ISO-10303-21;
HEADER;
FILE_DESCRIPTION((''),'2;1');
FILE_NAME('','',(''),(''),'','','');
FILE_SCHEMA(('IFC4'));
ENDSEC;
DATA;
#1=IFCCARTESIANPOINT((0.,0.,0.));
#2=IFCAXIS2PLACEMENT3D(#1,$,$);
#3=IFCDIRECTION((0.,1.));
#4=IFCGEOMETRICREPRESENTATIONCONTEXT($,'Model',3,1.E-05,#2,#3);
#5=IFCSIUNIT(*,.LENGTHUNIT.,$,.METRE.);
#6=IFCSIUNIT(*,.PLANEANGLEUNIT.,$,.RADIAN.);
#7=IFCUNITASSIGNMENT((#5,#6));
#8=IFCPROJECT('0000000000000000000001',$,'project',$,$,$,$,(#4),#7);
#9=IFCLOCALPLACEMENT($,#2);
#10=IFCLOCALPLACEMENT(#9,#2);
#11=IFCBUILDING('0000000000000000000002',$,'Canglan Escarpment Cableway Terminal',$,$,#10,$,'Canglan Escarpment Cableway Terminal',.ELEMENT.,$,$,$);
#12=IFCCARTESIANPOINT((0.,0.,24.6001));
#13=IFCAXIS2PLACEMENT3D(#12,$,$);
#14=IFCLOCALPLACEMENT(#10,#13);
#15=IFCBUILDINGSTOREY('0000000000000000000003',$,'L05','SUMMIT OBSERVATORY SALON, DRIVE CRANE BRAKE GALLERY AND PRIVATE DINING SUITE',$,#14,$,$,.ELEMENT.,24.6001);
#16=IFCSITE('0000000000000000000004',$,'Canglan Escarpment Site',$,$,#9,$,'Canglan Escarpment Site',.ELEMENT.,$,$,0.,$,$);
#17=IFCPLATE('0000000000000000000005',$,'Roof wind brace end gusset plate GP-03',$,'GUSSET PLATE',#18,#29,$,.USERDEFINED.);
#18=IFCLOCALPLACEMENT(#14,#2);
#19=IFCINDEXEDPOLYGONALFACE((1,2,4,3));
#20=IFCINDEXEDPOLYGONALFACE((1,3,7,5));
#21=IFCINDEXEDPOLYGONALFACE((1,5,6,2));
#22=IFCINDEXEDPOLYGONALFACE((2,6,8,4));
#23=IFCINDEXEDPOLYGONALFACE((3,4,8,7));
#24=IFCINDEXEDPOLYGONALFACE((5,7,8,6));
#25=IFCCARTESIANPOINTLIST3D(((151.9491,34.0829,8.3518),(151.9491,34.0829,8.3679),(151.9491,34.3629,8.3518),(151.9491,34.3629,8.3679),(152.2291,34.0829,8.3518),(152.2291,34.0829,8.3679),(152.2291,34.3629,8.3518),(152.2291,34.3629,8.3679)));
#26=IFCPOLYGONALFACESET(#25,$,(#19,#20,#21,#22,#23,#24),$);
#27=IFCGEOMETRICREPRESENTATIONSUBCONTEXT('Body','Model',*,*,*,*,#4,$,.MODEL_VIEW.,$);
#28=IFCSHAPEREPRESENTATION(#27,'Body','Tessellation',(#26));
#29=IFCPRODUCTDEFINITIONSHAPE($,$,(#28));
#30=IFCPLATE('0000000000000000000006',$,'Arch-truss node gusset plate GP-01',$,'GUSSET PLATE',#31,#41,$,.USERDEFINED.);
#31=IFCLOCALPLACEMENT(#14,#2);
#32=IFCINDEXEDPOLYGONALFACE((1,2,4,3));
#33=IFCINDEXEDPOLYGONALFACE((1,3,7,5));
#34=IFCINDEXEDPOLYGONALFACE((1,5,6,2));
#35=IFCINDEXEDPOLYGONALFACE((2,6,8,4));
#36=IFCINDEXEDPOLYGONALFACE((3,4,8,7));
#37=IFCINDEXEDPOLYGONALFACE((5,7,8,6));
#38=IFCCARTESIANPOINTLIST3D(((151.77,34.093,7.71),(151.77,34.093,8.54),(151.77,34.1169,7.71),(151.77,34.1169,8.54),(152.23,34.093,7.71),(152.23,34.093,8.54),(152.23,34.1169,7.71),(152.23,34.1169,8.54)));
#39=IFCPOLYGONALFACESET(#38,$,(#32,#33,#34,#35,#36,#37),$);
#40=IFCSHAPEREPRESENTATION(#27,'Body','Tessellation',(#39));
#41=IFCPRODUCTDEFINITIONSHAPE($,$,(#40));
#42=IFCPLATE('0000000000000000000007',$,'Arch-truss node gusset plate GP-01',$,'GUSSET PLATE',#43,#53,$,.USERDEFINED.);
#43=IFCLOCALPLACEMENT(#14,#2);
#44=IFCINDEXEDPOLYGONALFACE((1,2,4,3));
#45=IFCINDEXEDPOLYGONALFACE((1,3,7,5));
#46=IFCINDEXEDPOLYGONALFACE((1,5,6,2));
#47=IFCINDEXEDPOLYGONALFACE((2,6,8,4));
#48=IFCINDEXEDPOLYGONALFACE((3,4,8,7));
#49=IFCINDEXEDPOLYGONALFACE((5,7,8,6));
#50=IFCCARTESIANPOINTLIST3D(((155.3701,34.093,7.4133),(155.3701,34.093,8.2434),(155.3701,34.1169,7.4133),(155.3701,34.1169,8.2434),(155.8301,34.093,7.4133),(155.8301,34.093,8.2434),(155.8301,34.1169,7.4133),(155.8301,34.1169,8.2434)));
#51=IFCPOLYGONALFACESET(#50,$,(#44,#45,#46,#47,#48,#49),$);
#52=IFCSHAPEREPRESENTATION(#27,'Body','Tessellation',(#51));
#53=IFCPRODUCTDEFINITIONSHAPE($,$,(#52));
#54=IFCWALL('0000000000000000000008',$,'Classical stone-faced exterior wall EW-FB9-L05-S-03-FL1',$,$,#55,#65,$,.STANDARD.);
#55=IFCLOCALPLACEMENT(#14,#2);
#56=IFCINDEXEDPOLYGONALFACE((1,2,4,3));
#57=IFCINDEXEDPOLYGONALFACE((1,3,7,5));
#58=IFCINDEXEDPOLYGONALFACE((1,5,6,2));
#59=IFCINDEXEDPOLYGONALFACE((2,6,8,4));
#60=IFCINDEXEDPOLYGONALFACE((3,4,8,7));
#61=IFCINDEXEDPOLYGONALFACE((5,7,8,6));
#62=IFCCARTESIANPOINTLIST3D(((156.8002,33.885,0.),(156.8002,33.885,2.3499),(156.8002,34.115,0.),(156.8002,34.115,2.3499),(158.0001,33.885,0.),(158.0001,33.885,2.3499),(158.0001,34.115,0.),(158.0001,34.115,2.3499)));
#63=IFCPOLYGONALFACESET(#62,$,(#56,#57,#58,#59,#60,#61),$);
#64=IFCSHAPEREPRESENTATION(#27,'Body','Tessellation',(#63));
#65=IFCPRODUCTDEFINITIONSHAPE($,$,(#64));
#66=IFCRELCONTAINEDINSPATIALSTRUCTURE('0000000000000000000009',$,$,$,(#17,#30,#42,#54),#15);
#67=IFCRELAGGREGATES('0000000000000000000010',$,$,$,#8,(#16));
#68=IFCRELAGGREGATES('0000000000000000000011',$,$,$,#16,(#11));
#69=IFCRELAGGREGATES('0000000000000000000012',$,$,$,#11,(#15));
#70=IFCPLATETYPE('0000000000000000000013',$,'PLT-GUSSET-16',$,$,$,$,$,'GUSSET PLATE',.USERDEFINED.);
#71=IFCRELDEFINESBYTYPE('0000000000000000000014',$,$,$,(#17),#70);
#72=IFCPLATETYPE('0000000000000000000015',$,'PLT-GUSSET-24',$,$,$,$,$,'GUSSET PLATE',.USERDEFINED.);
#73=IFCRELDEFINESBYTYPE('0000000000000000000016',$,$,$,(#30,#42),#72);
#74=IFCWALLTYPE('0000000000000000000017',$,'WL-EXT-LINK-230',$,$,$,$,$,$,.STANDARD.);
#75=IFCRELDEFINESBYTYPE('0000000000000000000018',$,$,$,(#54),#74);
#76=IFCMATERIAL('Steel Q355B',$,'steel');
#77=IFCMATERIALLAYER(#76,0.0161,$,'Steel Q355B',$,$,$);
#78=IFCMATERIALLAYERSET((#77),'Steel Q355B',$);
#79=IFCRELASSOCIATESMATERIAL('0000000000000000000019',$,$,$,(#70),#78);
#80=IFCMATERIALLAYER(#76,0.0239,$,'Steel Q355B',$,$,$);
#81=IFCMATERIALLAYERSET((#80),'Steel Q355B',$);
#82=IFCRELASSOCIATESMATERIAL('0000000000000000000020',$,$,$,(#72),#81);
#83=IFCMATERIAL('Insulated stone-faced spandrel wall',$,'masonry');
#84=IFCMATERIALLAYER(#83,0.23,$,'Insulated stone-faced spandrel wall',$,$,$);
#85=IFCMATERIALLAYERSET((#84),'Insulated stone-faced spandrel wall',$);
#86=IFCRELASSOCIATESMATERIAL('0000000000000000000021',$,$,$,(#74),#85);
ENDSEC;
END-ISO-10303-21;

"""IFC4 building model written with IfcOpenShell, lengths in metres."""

from ifc_helpers import new_model, si_unit, direction, frame, frame_2d, origin, origin_2d, place, context, subcontext, project, spatial, rectangle, extrude, material, layer, layer_set, type_object, element, save


model = new_model("IFC4")

# Units and contexts
model_context = context("Model", 3, precision=1e-05, world=origin(), true_north=direction((0.0, 1.0)))
body_context = subcontext(model_context, "Body", "Model", "MODEL_VIEW")
ifc_project = project(units=[si_unit("LENGTHUNIT", "METRE"), si_unit("PLANEANGLEUNIT", "RADIAN")], contexts=[model_context])

# Site, building, storey
site_placement = place(None, origin())
site = spatial("IfcSite", under=ifc_project, at=site_placement, Name="Canglan Escarpment Site", LongName="Canglan Escarpment Site", CompositionType="ELEMENT", RefElevation=0.0)
building_placement = place(site_placement, origin())
building = spatial("IfcBuilding", under=site, at=building_placement, Name="Canglan Escarpment Cableway Terminal", LongName="Canglan Escarpment Cableway Terminal", CompositionType="ELEMENT")
storey_placement = place(building_placement, frame((0.0, 0.0, 24.6001)))
storey = spatial("IfcBuildingStorey", under=building, at=storey_placement, Name="L05", Description="SUMMIT OBSERVATORY SALON, DRIVE CRANE BRAKE GALLERY AND PRIVATE DINING SUITE", CompositionType="ELEMENT", Elevation=24.6001)

# Shared definitions
ifc_material_1 = material(Name="Steel Q355B", Category="steel")

# Plates
ifc_layer_1 = layer(ifc_material_1, 0.0161, Name="Steel Q355B")
ifc_layer_set_1 = layer_set([ifc_layer_1], Name="Steel Q355B")
plate_type_1 = type_object("IfcPlateType", Name="PLT-GUSSET-16", ElementType="GUSSET PLATE", PredefinedType="USERDEFINED", material=ifc_layer_set_1)
for number, where, z_axis, x_axis, name in (
    (1, (152.0891, 34.2229, 8.3518), (0.0, 0.0, 1.0), (1.0, 0.0, 0.0), "Roof wind brace end gusset plate GP-03"),
):
    element("IfcPlate", number, at=place(storey_placement, frame(where, z_axis=z_axis, x_axis=x_axis)), inside=storey, type_object=plate_type_1, Name=name, ObjectType="GUSSET PLATE", PredefinedType="USERDEFINED", context=body_context, shape_type="SweptSolid", body=[
        extrude(rectangle(XDim=0.28, YDim=0.28, at=origin_2d()), origin(), (0.0, 0.0, 1.0), 0.0161),
    ])
ifc_layer_2 = layer(ifc_material_1, 0.0239, Name="Steel Q355B")
ifc_layer_set_2 = layer_set([ifc_layer_2], Name="Steel Q355B")
plate_type_2 = type_object("IfcPlateType", Name="PLT-GUSSET-24", ElementType="GUSSET PLATE", PredefinedType="USERDEFINED", material=ifc_layer_set_2)
for number, where, z_axis, x_axis, name in (
    (2, (152.0, 34.105, 7.71), (0.0, 0.0, 1.0), (1.0, 0.0, 0.0), "Arch-truss node gusset plate GP-01"),
    (3, (155.6001, 34.105, 7.4133), (0.0, 0.0, 1.0), (1.0, 0.0, 0.0), "Arch-truss node gusset plate GP-01"),
):
    element("IfcPlate", number, at=place(storey_placement, frame(where, z_axis=z_axis, x_axis=x_axis)), inside=storey, type_object=plate_type_2, Name=name, ObjectType="GUSSET PLATE", PredefinedType="USERDEFINED", context=body_context, shape_type="SweptSolid", body=[
        extrude(rectangle(XDim=0.46, YDim=0.0239, at=origin_2d()), origin(), (0.0, 0.0, 1.0), 0.8301),
    ])

# Wall
ifc_material_2 = material(Name="Insulated stone-faced spandrel wall", Category="masonry")
ifc_layer_3 = layer(ifc_material_2, 0.23, Name="Insulated stone-faced spandrel wall")
ifc_layer_set_3 = layer_set([ifc_layer_3], Name="Insulated stone-faced spandrel wall")
wall_type = type_object("IfcWallType", Name="WL-EXT-LINK-230", PredefinedType="STANDARD", material=ifc_layer_set_3)
wall_placement = place(storey_placement, frame((156.8, 34.0, 0.0), z_axis=(0.0, 0.0, 1.0), x_axis=(1.0, 0.0, 0.0)))
element("IfcWall", 4, at=wall_placement, inside=storey, type_object=wall_type, Name="Classical stone-faced exterior wall EW-FB9-L05-S-03-FL1", PredefinedType="STANDARD", context=body_context, shape_type="SweptSolid", body=[
    extrude(rectangle(XDim=1.2, YDim=0.23, at=frame_2d((0.6001, 0.0))), origin(), (0.0, 0.0, 1.0), 2.3499),
])

save(model, "model.ifc")
